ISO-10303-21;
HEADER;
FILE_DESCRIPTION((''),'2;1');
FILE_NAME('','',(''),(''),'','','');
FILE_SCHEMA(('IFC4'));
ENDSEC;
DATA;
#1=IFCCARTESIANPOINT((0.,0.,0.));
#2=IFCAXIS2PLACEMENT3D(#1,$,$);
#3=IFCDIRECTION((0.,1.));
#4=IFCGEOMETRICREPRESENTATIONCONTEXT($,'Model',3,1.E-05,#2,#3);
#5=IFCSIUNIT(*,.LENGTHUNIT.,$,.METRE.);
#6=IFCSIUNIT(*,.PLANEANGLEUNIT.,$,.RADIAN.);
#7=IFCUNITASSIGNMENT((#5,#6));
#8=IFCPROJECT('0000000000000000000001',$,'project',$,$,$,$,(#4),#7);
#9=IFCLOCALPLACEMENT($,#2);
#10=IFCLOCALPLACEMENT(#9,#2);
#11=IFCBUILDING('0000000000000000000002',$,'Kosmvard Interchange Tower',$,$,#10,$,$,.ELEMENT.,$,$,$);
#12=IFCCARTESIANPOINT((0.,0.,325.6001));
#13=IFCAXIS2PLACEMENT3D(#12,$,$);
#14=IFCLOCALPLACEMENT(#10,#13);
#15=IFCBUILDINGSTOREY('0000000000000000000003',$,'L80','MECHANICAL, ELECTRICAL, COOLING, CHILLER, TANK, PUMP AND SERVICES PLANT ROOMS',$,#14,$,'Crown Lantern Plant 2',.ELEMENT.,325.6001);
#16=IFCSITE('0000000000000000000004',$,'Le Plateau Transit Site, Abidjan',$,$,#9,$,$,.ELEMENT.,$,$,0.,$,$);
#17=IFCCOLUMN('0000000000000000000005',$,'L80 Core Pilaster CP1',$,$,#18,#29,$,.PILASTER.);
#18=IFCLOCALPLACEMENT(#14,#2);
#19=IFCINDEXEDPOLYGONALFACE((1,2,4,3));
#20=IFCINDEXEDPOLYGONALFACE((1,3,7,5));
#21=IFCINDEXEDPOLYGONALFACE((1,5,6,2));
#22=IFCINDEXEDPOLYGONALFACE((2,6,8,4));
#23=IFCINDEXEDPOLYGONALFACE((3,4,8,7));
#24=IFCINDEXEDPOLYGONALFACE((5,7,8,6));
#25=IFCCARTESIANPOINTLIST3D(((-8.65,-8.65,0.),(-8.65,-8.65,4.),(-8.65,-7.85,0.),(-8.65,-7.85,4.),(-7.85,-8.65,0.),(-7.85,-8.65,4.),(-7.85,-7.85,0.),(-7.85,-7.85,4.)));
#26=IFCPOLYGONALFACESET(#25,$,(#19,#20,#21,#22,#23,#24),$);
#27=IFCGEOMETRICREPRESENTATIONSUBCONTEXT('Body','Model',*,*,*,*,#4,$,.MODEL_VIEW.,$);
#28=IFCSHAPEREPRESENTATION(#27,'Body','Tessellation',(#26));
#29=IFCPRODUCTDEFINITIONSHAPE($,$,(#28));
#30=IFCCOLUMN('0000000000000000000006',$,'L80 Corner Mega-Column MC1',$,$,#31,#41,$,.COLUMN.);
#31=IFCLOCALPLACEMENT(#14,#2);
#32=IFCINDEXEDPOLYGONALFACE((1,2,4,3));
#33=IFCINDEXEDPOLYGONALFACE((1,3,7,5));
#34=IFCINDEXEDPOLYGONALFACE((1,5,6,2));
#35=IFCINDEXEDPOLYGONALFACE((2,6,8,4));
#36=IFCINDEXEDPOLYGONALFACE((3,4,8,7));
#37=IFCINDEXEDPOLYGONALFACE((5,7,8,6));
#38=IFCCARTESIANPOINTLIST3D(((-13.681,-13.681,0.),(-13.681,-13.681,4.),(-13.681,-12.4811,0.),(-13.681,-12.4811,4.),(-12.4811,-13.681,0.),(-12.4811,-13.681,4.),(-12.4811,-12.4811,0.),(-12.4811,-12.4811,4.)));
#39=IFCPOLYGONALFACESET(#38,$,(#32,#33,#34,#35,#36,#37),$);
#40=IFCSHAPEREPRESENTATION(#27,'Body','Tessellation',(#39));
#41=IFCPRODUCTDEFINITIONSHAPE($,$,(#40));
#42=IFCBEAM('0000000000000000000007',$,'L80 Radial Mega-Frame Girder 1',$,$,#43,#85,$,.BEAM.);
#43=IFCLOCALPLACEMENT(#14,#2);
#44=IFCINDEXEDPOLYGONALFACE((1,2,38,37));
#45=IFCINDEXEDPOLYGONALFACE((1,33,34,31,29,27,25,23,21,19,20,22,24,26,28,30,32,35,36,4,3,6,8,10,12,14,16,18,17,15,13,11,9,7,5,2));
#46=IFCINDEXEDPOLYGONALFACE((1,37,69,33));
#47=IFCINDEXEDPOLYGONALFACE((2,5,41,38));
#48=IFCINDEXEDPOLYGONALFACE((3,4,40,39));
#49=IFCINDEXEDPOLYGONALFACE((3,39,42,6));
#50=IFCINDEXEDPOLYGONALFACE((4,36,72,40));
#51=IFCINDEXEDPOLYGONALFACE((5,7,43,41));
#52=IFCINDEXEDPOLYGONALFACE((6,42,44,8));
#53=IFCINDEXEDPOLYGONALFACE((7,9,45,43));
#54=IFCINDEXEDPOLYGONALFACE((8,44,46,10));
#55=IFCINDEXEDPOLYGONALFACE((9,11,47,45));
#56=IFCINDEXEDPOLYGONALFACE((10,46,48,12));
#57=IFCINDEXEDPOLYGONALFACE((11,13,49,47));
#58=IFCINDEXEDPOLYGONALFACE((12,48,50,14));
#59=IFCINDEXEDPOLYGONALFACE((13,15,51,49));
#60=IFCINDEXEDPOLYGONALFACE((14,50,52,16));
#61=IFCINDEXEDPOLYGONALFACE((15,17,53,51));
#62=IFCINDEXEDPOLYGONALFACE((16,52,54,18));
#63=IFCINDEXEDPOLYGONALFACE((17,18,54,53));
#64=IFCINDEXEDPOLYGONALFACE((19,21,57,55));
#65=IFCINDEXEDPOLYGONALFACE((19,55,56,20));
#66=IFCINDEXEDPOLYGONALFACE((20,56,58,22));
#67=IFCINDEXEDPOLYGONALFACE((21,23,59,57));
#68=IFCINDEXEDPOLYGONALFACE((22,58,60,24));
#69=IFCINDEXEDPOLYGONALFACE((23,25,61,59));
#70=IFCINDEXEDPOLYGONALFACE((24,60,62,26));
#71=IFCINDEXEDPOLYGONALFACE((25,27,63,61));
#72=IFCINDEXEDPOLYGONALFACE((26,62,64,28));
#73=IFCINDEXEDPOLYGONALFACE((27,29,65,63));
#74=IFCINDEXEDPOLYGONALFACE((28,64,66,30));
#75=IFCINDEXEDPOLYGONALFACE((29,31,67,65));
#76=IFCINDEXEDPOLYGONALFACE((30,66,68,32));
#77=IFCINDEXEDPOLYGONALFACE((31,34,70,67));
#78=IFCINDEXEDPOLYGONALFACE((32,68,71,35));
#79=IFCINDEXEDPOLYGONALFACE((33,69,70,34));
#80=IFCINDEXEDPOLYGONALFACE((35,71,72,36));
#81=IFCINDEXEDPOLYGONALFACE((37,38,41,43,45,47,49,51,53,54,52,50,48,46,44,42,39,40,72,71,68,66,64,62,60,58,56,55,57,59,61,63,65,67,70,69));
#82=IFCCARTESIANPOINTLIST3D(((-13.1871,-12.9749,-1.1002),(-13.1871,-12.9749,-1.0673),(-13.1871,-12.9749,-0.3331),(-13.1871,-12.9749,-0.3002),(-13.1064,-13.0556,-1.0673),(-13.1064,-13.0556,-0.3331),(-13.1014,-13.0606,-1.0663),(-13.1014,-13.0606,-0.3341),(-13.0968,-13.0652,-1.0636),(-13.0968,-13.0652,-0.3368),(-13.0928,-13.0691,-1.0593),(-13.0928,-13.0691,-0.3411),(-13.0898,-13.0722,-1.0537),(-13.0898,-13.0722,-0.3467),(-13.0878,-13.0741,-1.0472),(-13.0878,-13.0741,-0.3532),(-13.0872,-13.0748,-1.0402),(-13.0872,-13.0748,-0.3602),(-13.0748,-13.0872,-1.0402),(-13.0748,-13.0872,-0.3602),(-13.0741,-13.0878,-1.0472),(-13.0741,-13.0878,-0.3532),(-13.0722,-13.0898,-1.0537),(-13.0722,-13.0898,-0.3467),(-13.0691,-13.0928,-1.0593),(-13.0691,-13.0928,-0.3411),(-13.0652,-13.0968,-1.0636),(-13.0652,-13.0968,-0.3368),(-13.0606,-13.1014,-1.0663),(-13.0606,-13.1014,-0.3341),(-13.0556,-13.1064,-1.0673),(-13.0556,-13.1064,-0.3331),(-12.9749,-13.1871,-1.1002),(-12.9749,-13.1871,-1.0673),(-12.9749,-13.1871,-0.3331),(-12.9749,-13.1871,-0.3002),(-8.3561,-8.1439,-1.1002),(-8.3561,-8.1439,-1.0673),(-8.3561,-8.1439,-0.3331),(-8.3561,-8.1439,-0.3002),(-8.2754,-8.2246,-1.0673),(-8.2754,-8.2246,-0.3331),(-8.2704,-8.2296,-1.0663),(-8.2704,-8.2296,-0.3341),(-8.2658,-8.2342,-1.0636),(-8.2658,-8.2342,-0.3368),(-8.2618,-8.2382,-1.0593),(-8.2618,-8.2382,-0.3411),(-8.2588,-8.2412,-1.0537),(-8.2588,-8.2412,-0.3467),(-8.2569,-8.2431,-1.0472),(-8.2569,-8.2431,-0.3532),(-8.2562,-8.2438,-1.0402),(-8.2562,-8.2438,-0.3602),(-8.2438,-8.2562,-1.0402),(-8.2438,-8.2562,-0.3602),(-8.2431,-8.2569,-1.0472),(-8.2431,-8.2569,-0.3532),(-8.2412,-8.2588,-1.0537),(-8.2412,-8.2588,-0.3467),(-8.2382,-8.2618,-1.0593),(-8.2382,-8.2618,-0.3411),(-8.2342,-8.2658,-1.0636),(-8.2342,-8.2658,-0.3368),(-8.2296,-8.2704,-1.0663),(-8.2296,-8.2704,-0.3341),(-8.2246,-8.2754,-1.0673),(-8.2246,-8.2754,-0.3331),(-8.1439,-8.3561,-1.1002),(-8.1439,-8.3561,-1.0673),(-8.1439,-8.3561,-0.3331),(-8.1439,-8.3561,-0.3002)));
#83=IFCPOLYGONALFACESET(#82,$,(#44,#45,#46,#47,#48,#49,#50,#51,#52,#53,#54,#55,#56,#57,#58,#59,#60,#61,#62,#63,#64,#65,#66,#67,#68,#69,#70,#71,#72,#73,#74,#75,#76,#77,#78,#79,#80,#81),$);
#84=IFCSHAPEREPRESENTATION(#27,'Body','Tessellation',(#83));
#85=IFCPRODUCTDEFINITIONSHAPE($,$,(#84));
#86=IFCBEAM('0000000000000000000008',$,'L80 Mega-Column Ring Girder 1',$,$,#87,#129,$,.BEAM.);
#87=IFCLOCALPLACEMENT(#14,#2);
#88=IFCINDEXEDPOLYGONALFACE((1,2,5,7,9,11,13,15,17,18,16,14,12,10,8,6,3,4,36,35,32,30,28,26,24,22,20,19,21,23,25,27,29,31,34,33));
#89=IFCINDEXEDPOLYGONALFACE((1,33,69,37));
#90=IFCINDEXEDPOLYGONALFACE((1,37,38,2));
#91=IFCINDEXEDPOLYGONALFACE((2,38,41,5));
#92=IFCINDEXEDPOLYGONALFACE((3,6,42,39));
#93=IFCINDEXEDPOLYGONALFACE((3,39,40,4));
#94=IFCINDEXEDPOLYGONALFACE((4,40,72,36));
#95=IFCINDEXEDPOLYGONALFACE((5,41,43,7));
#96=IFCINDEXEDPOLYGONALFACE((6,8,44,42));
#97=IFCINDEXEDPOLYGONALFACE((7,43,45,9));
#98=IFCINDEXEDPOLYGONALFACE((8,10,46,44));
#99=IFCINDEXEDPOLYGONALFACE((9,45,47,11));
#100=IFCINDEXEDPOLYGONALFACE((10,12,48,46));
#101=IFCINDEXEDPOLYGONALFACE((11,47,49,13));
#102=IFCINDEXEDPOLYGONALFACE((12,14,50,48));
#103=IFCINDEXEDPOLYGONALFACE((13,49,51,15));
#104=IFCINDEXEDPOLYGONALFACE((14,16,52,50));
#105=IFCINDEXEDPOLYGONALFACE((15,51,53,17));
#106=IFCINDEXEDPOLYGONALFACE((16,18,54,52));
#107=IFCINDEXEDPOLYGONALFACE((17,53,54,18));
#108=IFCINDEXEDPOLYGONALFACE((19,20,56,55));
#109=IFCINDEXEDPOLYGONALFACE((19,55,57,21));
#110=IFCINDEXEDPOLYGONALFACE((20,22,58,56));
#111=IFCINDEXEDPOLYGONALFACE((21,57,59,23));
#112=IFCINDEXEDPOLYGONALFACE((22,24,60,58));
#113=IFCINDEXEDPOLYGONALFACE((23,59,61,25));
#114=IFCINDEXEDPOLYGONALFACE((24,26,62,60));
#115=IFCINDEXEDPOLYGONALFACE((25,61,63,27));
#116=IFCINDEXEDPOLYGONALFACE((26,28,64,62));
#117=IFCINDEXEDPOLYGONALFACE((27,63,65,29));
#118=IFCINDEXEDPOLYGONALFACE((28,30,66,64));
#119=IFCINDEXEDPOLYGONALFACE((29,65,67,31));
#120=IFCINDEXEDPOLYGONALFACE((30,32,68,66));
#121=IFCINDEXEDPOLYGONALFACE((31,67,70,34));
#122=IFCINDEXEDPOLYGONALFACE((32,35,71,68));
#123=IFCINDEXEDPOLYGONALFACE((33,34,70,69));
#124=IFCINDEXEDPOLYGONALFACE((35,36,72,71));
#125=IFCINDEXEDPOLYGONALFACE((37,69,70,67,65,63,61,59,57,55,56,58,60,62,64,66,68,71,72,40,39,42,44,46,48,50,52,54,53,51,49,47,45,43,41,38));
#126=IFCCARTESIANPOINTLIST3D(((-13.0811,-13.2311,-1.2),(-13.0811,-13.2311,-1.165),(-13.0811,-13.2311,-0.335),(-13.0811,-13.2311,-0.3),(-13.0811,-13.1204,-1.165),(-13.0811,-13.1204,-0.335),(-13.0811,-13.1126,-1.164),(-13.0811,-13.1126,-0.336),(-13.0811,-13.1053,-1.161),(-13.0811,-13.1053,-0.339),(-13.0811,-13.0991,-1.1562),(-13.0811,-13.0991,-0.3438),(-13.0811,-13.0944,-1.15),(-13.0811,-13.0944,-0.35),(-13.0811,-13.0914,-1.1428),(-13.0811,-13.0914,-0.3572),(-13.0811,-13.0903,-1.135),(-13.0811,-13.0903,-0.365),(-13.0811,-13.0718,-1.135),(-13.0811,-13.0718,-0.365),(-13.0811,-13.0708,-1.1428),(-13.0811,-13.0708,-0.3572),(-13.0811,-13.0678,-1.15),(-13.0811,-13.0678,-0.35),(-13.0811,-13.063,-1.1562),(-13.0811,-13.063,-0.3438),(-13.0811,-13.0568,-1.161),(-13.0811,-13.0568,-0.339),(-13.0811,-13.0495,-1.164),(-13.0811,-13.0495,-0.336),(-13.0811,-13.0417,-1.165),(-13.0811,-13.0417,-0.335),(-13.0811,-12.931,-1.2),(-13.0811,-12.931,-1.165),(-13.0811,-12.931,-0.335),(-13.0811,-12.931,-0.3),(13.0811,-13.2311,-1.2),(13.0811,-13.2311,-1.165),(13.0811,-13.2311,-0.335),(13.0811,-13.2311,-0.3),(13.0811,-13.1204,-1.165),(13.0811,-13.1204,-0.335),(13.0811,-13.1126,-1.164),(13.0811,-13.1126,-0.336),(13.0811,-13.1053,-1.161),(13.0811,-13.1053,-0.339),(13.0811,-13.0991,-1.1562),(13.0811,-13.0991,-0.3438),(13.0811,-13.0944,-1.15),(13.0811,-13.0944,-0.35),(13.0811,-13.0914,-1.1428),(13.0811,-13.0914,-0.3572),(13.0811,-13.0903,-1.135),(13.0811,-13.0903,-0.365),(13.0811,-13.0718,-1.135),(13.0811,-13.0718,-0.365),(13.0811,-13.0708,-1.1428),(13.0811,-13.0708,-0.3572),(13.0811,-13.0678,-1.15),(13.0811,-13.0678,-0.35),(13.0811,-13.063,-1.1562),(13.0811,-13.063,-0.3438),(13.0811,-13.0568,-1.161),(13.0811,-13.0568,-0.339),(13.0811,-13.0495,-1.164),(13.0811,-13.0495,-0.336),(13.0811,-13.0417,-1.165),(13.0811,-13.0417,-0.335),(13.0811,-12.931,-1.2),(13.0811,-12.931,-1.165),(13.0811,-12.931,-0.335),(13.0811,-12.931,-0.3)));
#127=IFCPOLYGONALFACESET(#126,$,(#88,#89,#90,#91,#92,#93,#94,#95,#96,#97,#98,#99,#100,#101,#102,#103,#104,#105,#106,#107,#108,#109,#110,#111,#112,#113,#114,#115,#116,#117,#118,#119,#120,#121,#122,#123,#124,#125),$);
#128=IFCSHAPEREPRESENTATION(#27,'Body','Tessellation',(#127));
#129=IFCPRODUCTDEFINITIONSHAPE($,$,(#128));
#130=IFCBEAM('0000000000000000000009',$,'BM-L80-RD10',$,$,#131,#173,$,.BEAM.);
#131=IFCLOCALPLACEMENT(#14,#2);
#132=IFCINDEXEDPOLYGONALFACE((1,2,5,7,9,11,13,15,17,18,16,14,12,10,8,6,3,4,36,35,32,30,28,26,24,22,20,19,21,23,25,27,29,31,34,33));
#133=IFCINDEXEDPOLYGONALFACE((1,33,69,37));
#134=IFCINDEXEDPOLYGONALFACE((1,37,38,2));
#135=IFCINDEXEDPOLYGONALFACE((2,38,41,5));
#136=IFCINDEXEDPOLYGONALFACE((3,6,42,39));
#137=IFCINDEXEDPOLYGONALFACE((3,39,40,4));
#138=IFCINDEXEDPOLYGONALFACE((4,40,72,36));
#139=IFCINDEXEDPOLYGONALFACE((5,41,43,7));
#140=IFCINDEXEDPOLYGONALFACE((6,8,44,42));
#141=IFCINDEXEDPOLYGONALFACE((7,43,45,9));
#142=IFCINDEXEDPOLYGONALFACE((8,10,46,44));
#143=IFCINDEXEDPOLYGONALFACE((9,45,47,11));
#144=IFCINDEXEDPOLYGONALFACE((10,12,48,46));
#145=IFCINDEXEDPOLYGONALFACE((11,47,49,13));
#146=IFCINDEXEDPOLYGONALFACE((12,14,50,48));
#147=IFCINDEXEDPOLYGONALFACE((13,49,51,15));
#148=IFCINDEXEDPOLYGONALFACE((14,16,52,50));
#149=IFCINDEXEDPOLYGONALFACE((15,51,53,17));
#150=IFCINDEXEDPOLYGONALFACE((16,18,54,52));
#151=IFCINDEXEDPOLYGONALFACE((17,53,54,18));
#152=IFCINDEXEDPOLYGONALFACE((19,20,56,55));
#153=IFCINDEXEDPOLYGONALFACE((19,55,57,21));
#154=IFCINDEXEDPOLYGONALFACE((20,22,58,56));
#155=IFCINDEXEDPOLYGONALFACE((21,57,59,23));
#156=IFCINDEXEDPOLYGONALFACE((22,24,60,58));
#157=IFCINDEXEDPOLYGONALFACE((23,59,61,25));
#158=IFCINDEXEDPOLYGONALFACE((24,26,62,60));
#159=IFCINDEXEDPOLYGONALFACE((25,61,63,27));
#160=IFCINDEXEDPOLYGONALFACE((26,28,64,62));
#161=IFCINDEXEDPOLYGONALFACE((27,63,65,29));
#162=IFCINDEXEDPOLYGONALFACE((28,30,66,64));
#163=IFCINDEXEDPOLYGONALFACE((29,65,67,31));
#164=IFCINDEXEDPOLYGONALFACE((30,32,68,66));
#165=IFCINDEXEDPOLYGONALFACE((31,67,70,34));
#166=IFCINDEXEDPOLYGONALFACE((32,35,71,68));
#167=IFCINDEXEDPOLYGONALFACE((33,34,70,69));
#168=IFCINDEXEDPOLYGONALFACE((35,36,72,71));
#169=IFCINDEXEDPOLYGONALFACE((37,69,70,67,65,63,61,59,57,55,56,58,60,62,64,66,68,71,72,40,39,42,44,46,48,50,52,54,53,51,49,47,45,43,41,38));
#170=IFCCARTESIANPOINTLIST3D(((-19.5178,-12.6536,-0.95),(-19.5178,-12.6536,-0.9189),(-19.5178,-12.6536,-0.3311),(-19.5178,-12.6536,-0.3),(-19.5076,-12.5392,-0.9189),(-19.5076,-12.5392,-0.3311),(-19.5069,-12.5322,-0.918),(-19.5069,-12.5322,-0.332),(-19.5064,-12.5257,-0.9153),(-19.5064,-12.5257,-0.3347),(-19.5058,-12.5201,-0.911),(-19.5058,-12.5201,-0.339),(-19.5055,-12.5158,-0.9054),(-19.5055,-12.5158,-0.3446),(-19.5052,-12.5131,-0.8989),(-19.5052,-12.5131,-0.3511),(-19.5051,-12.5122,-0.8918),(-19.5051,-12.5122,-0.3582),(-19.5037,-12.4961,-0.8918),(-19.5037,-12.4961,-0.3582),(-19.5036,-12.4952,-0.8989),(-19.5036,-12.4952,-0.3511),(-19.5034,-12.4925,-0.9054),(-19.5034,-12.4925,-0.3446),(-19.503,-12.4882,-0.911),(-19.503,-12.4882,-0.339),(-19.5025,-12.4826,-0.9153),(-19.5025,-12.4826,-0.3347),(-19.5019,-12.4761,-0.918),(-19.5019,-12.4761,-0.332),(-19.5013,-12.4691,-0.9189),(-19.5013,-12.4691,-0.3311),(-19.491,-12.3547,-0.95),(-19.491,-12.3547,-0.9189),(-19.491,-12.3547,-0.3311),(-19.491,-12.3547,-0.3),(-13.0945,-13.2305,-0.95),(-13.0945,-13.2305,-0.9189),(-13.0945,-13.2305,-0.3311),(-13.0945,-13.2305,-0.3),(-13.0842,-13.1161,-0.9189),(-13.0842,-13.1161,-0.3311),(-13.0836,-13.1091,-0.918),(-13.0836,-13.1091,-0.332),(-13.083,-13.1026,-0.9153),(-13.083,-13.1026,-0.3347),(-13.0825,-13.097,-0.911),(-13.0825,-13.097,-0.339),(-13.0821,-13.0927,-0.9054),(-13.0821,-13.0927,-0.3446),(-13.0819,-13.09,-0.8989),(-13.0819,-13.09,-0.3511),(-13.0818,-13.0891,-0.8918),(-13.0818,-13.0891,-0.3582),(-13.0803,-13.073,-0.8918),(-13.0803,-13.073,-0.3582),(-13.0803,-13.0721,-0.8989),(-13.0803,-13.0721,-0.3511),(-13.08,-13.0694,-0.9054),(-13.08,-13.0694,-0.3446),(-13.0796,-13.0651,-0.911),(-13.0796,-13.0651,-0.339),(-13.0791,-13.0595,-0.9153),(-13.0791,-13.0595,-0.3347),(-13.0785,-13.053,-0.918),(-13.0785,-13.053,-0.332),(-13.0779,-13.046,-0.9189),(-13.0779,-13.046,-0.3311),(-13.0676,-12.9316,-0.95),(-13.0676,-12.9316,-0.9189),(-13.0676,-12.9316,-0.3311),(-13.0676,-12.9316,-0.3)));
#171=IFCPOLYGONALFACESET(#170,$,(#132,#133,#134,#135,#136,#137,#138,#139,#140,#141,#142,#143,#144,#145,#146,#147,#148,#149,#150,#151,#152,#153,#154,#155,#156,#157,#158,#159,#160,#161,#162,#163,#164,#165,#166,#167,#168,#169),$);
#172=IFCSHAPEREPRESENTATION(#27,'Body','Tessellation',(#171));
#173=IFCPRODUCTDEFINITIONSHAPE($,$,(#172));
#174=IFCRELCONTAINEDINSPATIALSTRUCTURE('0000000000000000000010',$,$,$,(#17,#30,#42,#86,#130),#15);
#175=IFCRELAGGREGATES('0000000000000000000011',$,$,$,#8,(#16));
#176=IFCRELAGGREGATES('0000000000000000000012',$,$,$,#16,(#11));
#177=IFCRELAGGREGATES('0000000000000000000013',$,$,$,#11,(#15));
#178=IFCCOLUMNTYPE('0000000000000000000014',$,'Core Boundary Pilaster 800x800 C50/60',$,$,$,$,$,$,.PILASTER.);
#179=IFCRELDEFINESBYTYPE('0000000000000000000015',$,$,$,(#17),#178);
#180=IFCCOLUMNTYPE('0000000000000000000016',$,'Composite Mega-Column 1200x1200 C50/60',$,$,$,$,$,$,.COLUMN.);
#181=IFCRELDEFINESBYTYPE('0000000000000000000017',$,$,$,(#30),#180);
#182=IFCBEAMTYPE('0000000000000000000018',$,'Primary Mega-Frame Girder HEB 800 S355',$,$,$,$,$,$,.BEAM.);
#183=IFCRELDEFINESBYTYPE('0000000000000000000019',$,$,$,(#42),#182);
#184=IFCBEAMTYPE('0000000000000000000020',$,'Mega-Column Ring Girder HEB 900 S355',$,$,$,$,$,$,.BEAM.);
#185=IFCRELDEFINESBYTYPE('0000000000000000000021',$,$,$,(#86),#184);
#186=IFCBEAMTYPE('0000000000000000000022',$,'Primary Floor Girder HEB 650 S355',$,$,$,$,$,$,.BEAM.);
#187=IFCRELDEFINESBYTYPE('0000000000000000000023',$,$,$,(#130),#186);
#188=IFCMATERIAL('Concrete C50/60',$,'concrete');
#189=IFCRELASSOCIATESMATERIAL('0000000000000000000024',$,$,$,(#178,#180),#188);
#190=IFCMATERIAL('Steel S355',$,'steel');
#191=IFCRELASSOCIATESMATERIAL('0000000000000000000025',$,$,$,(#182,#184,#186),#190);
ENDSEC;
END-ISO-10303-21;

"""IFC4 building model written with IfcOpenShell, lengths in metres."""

from ifc_helpers import new_model, si_unit, direction, frame, origin, origin_2d, place, context, subcontext, project, spatial, rectangle, i_section, extrude, source, transform, mapped, material, material_profile, profile_set, type_object, element, save


model = new_model("IFC4")

# Units and contexts
model_context = context("Model", 3, precision=1e-05, world=origin(), true_north=direction((0.0, 1.0)))
body_context = subcontext(model_context, "Body", "Model", "MODEL_VIEW")
ifc_project = project(units=[si_unit("LENGTHUNIT", "METRE"), si_unit("PLANEANGLEUNIT", "RADIAN")], contexts=[model_context])

# Site, building, storey
site_placement = place(None, origin())
site = spatial("IfcSite", under=ifc_project, at=site_placement, Name="Le Plateau Transit Site, Abidjan", CompositionType="ELEMENT", RefElevation=0.0)
building_placement = place(site_placement, origin())
building = spatial("IfcBuilding", under=site, at=building_placement, Name="Kosmvard Interchange Tower", CompositionType="ELEMENT")
storey_placement = place(building_placement, frame((0.0, 0.0, 325.6001)))
storey = spatial("IfcBuildingStorey", under=building, at=storey_placement, Name="L80", Description="MECHANICAL, ELECTRICAL, COOLING, CHILLER, TANK, PUMP AND SERVICES PLANT ROOMS", LongName="Crown Lantern Plant 2", CompositionType="ELEMENT", Elevation=325.6001)

# Columns
ifc_material_1 = material(Name="Concrete C50/60", Category="concrete")
ifc_material_profile_1 = material_profile(ifc_material_1, rectangle(XDim=0.8, YDim=0.8, at=origin_2d()), Name="CP 800x800")
ifc_profile_set_1 = profile_set([ifc_material_profile_1], Name="Concrete C50/60")
column_type_1 = type_object("IfcColumnType", Name="Core Boundary Pilaster 800x800 C50/60", PredefinedType="PILASTER", material=ifc_profile_set_1)
shared_shape_1 = source(origin(), body_context, "Body", "SweptSolid", [
    extrude(rectangle(XDim=0.8, YDim=0.8, at=origin_2d()), origin(), (0.0, 0.0, 1.0), 4.0),
])
column_1_placement = place(storey_placement, frame((-8.25, -8.25, 0.0), z_axis=(0.0, 0.0, 1.0), x_axis=(1.0, 0.0, 0.0)))
element("IfcColumn", 1, at=column_1_placement, inside=storey, type_object=column_type_1, Name="L80 Core Pilaster CP1", PredefinedType="PILASTER", context=body_context, shape_type="MappedRepresentation", body=[
    mapped(shared_shape_1, transform((0.0, 0.0, 0.0), scale=1.0)),
])
ifc_material_profile_2 = material_profile(ifc_material_1, rectangle(XDim=1.2, YDim=1.2, at=origin_2d()), Name="MC 1200x1200")
ifc_profile_set_2 = profile_set([ifc_material_profile_2], Name="Concrete C50/60")
column_type_2 = type_object("IfcColumnType", Name="Composite Mega-Column 1200x1200 C50/60", PredefinedType="COLUMN", material=ifc_profile_set_2)
shared_shape_2 = source(origin(), body_context, "Body", "SweptSolid", [
    extrude(rectangle(XDim=1.2, YDim=1.2, at=origin_2d()), origin(), (0.0, 0.0, 1.0), 4.0),
])
column_2_placement = place(storey_placement, frame((-13.0811, -13.0811, 0.0), z_axis=(0.0, 0.0, 1.0), x_axis=(1.0, 0.0, 0.0)))
element("IfcColumn", 2, at=column_2_placement, inside=storey, type_object=column_type_2, Name="L80 Corner Mega-Column MC1", PredefinedType="COLUMN", context=body_context, shape_type="MappedRepresentation", body=[
    mapped(shared_shape_2, transform((0.0, 0.0, 0.0), scale=1.0)),
])

# Beams
ifc_material_2 = material(Name="Steel S355", Category="steel")
ifc_material_profile_3 = material_profile(ifc_material_2, i_section(OverallWidth=0.3, OverallDepth=0.8, WebThickness=0.0176, FlangeThickness=0.033, FilletRadius=0.0271, at=origin_2d()), Name="HEB 800")
ifc_profile_set_3 = profile_set([ifc_material_profile_3], Name="Steel S355")
beam_type_1 = type_object("IfcBeamType", Name="Primary Mega-Frame Girder HEB 800 S355", PredefinedType="BEAM", material=ifc_profile_set_3)
shared_shape_3 = source(origin(), body_context, "Body", "SweptSolid", [
    extrude(i_section(OverallWidth=0.3, OverallDepth=0.8, WebThickness=0.0176, FlangeThickness=0.033, FilletRadius=0.0271, at=origin_2d()), origin(), (0.0, 0.0, 1.0), 6.832),
])
beam_1_placement = place(storey_placement, frame((-8.25, -8.25, -0.7002), z_axis=(-0.707107, -0.707107, 0.0), x_axis=(0.707107, -0.707107, 0.0)))
element("IfcBeam", 3, at=beam_1_placement, inside=storey, type_object=beam_type_1, Name="L80 Radial Mega-Frame Girder 1", PredefinedType="BEAM", context=body_context, shape_type="MappedRepresentation", body=[
    mapped(shared_shape_3, transform((0.0, 0.0, 0.0), scale=1.0)),
])
ifc_material_profile_4 = material_profile(ifc_material_2, i_section(OverallWidth=0.3, OverallDepth=0.8999, WebThickness=0.0186, FlangeThickness=0.0349, FilletRadius=0.03, at=origin_2d()), Name="HEB 900")
ifc_profile_set_4 = profile_set([ifc_material_profile_4], Name="Steel S355")
beam_type_2 = type_object("IfcBeamType", Name="Mega-Column Ring Girder HEB 900 S355", PredefinedType="BEAM", material=ifc_profile_set_4)
shared_shape_4 = source(origin(), body_context, "Body", "SweptSolid", [
    extrude(i_section(OverallWidth=0.3, OverallDepth=0.8999, WebThickness=0.0186, FlangeThickness=0.0349, FilletRadius=0.03, at=origin_2d()), origin(), (0.0, 0.0, 1.0), 26.1621),
])
beam_2_placement = place(storey_placement, frame((-13.0811, -13.0811, -0.75), z_axis=(1.0, 0.0, 0.0), x_axis=(0.0, 1.0, 0.0)))
element("IfcBeam", 4, at=beam_2_placement, inside=storey, type_object=beam_type_2, Name="L80 Mega-Column Ring Girder 1", PredefinedType="BEAM", context=body_context, shape_type="MappedRepresentation", body=[
    mapped(shared_shape_4, transform((0.0, 0.0, 0.0), scale=1.0)),
])
ifc_material_profile_5 = material_profile(ifc_material_2, i_section(OverallWidth=0.3, OverallDepth=0.6499, WebThickness=0.0161, FlangeThickness=0.031, FilletRadius=0.0271, at=origin_2d()), Name="HEB 650")
ifc_profile_set_5 = profile_set([ifc_material_profile_5], Name="Steel S355")
beam_type_3 = type_object("IfcBeamType", Name="Primary Floor Girder HEB 650 S355", PredefinedType="BEAM", material=ifc_profile_set_5)
shared_shape_5 = source(origin(), body_context, "Body", "SweptSolid", [
    extrude(i_section(OverallWidth=0.3, OverallDepth=0.6499, WebThickness=0.0161, FlangeThickness=0.031, FilletRadius=0.0271, at=origin_2d()), origin(), (0.0, 0.0, 1.0), 6.4492),
])
beam_3_placement = place(storey_placement, frame((-13.0811, -13.0811, -0.625), z_axis=(-0.995991, 0.089454, 0.0), x_axis=(-0.089454, -0.995991, 0.0)))
element("IfcBeam", 5, at=beam_3_placement, inside=storey, type_object=beam_type_3, Name="BM-L80-RD10", PredefinedType="BEAM", context=body_context, shape_type="MappedRepresentation", body=[
    mapped(shared_shape_5, transform((0.0, 0.0, 0.0), scale=1.0)),
])

save(model, "model.ifc")
